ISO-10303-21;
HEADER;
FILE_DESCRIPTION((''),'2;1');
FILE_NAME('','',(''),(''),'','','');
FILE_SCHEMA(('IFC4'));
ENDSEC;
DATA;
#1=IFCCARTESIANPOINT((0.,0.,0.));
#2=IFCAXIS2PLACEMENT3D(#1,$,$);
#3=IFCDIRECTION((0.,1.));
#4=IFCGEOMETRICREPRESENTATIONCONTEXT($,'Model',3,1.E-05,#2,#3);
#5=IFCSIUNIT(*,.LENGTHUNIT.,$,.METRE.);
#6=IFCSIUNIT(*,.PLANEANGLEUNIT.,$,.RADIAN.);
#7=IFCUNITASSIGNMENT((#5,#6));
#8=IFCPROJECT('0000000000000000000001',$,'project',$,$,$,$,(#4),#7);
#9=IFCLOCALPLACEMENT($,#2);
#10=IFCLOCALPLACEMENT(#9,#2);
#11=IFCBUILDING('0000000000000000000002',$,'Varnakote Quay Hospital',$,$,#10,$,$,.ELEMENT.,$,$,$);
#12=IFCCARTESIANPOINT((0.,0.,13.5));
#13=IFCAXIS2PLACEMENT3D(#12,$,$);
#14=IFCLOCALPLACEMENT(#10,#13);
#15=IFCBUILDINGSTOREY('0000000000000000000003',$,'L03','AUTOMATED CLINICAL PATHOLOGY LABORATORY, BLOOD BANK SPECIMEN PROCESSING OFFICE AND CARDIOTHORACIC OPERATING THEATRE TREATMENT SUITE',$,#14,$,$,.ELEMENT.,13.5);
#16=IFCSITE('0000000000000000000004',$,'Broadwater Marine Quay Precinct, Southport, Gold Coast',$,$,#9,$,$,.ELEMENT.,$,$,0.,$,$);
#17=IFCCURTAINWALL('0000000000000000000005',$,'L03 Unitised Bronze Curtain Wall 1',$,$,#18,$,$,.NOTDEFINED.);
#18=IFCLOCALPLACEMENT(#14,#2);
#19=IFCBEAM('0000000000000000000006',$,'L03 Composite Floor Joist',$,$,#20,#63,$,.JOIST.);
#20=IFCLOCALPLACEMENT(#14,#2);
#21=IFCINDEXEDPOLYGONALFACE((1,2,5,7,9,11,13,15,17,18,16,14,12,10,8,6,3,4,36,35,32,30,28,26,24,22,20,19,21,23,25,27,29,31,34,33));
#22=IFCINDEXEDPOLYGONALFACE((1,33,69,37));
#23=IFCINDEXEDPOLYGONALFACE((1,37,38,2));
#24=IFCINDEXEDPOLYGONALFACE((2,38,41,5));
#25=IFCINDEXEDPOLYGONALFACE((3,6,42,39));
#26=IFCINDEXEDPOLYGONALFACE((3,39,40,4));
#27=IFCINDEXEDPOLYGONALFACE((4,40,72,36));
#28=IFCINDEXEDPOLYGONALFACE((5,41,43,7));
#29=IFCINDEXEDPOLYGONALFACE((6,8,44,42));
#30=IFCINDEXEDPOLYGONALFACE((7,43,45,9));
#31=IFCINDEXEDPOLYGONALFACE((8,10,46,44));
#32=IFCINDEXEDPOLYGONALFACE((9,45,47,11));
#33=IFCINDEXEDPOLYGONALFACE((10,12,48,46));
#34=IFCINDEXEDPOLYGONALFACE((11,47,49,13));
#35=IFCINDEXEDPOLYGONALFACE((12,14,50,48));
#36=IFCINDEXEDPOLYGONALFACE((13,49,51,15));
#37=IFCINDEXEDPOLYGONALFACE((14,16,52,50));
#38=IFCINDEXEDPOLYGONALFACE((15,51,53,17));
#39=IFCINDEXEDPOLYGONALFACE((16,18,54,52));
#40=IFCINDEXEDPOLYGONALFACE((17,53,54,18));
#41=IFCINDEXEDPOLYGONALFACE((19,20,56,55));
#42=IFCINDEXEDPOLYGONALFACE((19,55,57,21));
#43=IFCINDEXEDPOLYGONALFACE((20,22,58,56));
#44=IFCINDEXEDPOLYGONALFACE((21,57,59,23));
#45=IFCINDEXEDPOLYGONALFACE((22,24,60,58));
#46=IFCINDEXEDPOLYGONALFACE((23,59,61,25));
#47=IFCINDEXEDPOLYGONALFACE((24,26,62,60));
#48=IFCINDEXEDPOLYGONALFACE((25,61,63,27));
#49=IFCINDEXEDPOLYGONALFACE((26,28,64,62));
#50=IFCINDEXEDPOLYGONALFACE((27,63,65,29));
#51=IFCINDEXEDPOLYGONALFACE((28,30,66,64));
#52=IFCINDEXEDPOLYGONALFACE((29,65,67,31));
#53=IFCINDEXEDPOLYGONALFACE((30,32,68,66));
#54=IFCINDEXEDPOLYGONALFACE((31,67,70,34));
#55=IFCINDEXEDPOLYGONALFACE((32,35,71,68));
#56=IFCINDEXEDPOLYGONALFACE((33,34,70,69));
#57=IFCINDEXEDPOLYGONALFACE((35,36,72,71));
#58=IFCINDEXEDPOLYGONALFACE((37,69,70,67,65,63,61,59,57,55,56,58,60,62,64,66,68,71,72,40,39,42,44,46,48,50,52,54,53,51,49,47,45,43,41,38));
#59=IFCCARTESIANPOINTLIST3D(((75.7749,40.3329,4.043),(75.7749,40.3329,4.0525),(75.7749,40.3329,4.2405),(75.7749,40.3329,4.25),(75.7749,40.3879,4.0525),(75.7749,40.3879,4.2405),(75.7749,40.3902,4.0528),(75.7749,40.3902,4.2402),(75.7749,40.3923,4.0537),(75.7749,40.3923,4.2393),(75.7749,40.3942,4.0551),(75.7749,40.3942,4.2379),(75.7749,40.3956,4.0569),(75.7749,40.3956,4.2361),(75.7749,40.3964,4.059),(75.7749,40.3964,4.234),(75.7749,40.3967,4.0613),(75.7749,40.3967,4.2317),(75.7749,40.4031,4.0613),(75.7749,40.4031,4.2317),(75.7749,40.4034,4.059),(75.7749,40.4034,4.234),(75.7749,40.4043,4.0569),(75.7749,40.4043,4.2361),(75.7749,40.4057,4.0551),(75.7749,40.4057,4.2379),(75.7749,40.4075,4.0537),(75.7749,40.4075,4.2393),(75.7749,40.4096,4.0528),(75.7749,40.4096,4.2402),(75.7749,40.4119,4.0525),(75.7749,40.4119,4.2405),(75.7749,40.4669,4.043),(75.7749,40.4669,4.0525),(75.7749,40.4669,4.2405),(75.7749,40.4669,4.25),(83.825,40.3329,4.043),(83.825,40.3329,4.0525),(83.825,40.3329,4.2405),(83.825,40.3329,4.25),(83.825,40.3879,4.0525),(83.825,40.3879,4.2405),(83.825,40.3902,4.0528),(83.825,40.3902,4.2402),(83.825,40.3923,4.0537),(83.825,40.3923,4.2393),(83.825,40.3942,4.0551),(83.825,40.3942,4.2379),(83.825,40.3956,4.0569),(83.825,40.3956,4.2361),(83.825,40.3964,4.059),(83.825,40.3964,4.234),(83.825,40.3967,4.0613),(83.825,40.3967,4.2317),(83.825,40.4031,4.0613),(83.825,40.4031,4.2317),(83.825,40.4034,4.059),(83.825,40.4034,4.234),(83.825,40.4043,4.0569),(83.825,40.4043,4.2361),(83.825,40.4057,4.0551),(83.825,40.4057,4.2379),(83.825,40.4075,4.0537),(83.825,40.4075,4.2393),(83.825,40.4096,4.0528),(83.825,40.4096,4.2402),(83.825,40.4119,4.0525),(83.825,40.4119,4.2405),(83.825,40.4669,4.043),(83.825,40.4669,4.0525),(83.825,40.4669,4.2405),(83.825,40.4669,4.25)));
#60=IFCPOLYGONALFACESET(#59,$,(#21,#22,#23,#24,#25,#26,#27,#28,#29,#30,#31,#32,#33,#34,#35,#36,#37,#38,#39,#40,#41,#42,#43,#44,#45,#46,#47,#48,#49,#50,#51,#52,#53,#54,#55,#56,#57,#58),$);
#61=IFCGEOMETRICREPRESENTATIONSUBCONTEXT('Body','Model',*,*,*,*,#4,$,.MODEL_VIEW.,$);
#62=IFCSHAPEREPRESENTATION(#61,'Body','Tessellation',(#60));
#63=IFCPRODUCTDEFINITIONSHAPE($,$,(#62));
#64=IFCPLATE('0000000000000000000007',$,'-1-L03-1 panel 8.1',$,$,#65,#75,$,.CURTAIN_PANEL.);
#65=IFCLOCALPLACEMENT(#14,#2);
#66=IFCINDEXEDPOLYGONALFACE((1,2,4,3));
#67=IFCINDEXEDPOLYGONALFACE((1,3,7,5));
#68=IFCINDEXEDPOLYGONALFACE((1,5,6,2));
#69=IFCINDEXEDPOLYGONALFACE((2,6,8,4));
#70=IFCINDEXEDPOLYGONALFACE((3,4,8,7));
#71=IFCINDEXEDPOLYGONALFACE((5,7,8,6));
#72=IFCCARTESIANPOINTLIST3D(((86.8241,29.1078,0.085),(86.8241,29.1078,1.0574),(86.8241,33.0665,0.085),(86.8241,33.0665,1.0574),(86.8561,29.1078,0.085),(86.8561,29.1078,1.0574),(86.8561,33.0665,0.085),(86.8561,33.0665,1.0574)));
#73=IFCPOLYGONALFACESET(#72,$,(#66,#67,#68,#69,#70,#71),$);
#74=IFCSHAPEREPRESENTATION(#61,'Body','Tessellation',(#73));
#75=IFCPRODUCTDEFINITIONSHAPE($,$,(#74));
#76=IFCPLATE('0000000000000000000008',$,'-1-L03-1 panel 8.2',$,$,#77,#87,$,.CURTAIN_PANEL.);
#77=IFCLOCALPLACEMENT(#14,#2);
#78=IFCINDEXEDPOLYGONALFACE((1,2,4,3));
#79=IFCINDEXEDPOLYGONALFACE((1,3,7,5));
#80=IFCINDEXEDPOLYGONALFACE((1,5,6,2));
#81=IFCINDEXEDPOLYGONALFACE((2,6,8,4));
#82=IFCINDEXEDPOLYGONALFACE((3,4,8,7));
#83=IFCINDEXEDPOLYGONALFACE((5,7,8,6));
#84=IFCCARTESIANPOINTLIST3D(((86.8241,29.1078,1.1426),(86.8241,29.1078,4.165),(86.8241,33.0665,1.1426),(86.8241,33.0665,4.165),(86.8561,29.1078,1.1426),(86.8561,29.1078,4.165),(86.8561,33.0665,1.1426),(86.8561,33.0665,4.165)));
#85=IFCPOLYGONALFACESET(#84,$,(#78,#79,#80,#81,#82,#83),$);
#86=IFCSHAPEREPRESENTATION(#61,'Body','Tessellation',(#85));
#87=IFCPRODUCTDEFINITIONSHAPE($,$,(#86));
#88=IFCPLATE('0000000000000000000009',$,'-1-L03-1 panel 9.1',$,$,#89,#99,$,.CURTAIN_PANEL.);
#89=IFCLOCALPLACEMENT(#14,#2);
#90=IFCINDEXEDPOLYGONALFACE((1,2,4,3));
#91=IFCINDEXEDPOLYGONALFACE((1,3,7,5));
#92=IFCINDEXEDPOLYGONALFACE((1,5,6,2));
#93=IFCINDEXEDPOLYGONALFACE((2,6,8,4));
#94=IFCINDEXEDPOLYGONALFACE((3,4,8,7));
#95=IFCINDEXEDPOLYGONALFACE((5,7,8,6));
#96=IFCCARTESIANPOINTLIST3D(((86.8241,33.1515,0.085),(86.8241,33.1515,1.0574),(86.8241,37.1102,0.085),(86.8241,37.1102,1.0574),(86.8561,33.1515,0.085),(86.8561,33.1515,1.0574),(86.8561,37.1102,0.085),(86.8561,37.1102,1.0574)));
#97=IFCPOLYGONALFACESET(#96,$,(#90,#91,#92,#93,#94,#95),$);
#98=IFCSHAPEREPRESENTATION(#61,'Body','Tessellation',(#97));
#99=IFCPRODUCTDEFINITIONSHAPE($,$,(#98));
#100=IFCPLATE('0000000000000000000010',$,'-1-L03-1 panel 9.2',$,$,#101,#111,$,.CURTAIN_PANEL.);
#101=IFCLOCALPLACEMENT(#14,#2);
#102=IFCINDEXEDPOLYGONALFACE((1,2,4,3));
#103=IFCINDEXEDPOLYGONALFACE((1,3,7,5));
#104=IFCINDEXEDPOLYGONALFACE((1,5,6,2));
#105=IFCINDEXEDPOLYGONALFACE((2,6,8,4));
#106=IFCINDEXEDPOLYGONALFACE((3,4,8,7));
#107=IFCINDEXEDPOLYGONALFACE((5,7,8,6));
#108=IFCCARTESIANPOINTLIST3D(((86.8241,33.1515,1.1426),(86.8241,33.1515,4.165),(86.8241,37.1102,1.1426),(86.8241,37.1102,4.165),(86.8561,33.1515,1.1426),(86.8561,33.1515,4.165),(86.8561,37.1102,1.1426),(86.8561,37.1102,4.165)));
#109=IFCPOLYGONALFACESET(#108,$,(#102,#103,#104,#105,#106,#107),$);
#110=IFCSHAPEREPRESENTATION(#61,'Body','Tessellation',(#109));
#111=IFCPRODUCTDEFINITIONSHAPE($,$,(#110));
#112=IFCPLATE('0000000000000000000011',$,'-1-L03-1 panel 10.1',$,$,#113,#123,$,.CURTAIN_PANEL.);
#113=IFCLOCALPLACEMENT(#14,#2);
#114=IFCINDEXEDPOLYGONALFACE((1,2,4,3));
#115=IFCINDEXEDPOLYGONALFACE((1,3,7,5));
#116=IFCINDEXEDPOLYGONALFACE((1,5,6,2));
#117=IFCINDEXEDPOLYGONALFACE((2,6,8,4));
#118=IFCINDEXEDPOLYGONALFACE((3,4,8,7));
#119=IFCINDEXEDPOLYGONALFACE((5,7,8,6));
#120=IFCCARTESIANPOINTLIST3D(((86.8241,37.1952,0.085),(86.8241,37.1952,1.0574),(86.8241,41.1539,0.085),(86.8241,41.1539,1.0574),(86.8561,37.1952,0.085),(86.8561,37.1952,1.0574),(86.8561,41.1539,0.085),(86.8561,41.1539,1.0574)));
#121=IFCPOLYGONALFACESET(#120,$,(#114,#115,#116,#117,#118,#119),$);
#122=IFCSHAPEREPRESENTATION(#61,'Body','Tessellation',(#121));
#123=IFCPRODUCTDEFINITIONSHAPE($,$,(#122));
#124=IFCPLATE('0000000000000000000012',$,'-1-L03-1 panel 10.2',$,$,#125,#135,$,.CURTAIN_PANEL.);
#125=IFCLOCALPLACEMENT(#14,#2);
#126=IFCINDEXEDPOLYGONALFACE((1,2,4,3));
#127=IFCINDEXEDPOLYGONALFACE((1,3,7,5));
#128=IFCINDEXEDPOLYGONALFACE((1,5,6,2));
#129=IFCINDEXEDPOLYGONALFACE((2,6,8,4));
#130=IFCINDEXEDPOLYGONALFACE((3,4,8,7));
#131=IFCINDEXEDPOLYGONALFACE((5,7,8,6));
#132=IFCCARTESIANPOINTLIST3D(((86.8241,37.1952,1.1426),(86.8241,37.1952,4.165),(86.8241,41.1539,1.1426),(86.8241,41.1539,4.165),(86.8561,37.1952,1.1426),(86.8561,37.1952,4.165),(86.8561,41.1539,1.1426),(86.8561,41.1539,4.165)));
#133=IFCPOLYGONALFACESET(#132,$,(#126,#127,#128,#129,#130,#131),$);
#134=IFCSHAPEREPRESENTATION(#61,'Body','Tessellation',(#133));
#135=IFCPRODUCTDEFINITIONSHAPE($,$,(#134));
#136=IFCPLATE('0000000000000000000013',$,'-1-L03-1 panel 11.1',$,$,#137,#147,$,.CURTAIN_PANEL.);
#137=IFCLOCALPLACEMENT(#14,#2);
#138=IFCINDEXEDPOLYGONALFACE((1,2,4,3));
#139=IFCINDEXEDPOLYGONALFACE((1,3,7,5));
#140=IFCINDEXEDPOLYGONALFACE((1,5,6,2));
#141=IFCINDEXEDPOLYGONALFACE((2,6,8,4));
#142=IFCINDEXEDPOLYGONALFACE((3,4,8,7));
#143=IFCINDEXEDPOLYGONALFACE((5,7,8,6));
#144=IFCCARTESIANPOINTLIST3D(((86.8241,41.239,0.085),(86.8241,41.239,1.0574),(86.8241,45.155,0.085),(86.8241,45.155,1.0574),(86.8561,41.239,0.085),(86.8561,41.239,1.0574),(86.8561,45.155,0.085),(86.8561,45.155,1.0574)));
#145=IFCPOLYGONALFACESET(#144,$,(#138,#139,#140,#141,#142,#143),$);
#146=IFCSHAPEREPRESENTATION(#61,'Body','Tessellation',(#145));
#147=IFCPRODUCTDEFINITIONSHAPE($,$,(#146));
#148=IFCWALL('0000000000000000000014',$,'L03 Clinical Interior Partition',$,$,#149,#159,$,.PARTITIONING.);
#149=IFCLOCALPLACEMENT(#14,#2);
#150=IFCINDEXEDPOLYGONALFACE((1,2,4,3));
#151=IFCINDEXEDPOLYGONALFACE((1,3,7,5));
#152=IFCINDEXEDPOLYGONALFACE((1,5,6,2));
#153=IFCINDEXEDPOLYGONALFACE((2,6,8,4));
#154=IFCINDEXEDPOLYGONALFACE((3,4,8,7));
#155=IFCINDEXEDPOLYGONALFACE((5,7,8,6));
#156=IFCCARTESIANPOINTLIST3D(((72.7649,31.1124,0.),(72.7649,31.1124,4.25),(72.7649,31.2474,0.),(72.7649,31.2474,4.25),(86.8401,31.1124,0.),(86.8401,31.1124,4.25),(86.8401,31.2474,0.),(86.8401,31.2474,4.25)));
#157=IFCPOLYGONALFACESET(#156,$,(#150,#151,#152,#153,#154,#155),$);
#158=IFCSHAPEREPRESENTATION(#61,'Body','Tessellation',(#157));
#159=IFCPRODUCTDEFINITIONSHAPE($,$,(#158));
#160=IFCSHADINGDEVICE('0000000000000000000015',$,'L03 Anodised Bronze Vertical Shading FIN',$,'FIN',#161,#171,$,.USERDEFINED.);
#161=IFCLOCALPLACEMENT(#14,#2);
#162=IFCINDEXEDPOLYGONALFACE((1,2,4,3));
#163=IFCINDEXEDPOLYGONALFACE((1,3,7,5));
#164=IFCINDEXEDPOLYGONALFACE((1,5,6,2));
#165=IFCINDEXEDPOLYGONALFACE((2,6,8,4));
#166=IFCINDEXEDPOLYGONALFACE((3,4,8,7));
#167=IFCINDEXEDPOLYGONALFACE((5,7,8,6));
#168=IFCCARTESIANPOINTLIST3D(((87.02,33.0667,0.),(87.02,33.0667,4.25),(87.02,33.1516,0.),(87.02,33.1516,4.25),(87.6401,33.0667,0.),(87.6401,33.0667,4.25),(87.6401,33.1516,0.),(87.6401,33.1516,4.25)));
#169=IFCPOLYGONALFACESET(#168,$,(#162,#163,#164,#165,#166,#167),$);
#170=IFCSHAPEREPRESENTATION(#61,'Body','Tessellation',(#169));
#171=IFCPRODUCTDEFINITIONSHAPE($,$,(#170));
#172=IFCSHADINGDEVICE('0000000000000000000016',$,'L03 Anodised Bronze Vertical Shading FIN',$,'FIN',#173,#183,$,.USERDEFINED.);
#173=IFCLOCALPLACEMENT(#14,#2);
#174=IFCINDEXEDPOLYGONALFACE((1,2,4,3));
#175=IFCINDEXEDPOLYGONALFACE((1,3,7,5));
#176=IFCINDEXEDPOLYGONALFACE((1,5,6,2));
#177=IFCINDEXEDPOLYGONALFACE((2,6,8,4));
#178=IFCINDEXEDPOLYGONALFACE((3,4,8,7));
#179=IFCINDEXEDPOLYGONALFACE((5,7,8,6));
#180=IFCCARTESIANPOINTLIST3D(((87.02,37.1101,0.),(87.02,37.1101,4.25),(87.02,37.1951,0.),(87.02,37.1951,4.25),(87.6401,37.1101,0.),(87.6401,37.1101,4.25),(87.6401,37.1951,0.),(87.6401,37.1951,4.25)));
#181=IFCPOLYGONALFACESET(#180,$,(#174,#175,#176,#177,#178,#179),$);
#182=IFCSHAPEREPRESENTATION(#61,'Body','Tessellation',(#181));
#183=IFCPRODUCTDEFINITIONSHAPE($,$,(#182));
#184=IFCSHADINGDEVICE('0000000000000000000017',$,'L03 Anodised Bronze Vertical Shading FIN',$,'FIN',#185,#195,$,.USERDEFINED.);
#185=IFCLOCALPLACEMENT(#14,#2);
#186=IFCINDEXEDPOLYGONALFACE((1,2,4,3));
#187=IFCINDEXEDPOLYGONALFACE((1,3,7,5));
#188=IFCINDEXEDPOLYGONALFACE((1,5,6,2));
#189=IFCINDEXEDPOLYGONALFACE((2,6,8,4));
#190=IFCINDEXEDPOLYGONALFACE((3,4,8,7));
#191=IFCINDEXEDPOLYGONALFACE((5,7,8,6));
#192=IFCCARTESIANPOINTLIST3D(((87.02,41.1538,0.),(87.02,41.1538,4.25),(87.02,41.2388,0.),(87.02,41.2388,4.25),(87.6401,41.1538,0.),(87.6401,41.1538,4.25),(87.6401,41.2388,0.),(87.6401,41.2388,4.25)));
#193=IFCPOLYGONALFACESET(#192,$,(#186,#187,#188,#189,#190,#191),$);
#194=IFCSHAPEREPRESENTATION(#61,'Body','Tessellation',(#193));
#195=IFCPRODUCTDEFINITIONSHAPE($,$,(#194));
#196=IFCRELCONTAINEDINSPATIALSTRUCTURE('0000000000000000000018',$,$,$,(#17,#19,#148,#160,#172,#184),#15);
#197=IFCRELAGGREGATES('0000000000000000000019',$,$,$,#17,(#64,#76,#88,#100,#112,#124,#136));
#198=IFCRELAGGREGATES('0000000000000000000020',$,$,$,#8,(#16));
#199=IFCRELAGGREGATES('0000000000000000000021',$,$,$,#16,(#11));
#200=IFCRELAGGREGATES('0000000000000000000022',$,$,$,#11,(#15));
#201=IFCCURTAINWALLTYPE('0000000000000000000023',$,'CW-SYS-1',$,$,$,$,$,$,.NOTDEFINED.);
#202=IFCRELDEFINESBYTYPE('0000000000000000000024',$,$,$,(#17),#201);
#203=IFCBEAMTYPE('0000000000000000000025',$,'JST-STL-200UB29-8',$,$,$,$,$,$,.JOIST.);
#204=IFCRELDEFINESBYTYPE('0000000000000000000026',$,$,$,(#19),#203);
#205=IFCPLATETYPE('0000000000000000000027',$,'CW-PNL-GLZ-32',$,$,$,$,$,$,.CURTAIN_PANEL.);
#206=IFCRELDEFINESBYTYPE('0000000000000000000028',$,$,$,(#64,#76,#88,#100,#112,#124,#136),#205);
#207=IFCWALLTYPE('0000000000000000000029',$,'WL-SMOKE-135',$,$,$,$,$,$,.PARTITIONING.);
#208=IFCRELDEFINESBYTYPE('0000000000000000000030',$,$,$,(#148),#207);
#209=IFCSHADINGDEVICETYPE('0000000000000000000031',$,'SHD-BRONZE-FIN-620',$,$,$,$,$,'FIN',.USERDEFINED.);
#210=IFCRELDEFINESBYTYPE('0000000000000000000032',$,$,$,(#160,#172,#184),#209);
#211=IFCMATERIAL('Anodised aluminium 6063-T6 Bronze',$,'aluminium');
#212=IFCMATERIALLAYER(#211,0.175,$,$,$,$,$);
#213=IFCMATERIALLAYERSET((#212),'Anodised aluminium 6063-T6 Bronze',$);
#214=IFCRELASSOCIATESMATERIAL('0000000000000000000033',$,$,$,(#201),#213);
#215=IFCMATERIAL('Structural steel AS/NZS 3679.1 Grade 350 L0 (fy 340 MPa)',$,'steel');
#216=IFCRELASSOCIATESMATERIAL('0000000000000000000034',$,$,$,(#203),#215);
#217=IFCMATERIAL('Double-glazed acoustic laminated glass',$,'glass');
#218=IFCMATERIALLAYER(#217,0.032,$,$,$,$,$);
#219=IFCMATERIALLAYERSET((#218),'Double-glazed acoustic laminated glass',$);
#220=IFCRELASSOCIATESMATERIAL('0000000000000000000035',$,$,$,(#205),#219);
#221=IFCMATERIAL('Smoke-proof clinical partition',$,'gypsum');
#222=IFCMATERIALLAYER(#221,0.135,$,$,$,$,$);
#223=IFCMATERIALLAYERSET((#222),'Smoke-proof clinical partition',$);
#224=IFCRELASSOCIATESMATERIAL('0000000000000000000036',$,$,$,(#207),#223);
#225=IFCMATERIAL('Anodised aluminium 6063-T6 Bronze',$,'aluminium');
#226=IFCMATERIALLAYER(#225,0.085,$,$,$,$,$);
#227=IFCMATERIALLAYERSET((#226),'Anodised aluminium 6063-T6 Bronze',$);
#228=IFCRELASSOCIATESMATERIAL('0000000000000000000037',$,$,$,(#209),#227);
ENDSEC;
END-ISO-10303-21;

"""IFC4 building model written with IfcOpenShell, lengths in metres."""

from ifc_helpers import new_model, si_unit, direction, frame, frame_2d, origin, origin_2d, place, context, subcontext, project, spatial, rectangle, i_section, extrude, material, layer, layer_set, material_profile, profile_set, type_object, element, aggregate, save


model = new_model("IFC4")

# Units and contexts
model_context = context("Model", 3, precision=1e-05, world=origin(), true_north=direction((0.0, 1.0)))
body_context = subcontext(model_context, "Body", "Model", "MODEL_VIEW")
ifc_project = project(units=[si_unit("LENGTHUNIT", "METRE"), si_unit("PLANEANGLEUNIT", "RADIAN")], contexts=[model_context])

# Site, building, storey
site_placement = place(None, origin())
site = spatial("IfcSite", under=ifc_project, at=site_placement, Name="Broadwater Marine Quay Precinct, Southport, Gold Coast", CompositionType="ELEMENT", RefElevation=0.0)
building_placement = place(site_placement, origin())
building = spatial("IfcBuilding", under=site, at=building_placement, Name="Varnakote Quay Hospital", CompositionType="ELEMENT")
storey_placement = place(building_placement, frame((0.0, 0.0, 13.5)))
storey = spatial("IfcBuildingStorey", under=building, at=storey_placement, Name="L03", Description="AUTOMATED CLINICAL PATHOLOGY LABORATORY, BLOOD BANK SPECIMEN PROCESSING OFFICE AND CARDIOTHORACIC OPERATING THEATRE TREATMENT SUITE", CompositionType="ELEMENT", Elevation=13.5)

# Curtain wall
ifc_material_1 = material(Name="Anodised aluminium 6063-T6 Bronze", Category="aluminium")
ifc_layer_1 = layer(ifc_material_1, 0.175)
ifc_layer_set_1 = layer_set([ifc_layer_1], Name="Anodised aluminium 6063-T6 Bronze")
curtain_wall_type = type_object("IfcCurtainWallType", Name="CW-SYS-1", PredefinedType="NOTDEFINED", material=ifc_layer_set_1)
curtain_wall_placement = place(storey_placement, origin())
curtain_wall = element("IfcCurtainWall", 1, at=curtain_wall_placement, inside=storey, type_object=curtain_wall_type, Name="L03 Unitised Bronze Curtain Wall 1", PredefinedType="NOTDEFINED")

# Beam
ifc_material_2 = material(Name="Structural steel AS/NZS 3679.1 Grade 350 L0 (fy 340 MPa)", Category="steel")
ifc_material_profile_1 = material_profile(ifc_material_2, i_section(OverallWidth=0.134, OverallDepth=0.207, WebThickness=0.0063, FlangeThickness=0.0095, FilletRadius=0.0088, at=origin_2d()), Name="200UB29.8")
ifc_profile_set_1 = profile_set([ifc_material_profile_1], Name="Structural steel AS/NZS 3679.1 Grade 350 L0 (fy 340 MPa)")
beam_type_1 = type_object("IfcBeamType", Name="JST-STL-200UB29-8", PredefinedType="JOIST", material=ifc_profile_set_1)
for number, where, z_axis, x_axis, name in (
    (2, (75.7749, 40.3999, 4.1465), (1.0, 0.0, 0.0), (0.0, 1.0, 0.0), "L03 Composite Floor Joist"),
):
    element("IfcBeam", number, at=place(storey_placement, frame(where, z_axis=z_axis, x_axis=x_axis)), inside=storey, type_object=beam_type_1, Name=name, PredefinedType="JOIST", context=body_context, shape_type="SweptSolid", body=[
        extrude(i_section(OverallWidth=0.134, OverallDepth=0.207, WebThickness=0.0063, FlangeThickness=0.0095, FilletRadius=0.0088, at=origin_2d()), origin(), (0.0, 0.0, 1.0), 8.05),
    ])

# Plates
ifc_material_3 = material(Name="Double-glazed acoustic laminated glass", Category="glass")
ifc_layer_2 = layer(ifc_material_3, 0.032)
ifc_layer_set_2 = layer_set([ifc_layer_2], Name="Double-glazed acoustic laminated glass")
plate_type = type_object("IfcPlateType", Name="CW-PNL-GLZ-32", PredefinedType="CURTAIN_PANEL", material=ifc_layer_set_2)
plate_1_placement = place(storey_placement, frame((86.8401, 31.0872, 0.085), z_axis=(0.0, 0.0, 1.0), x_axis=(0.0, 1.0, 0.0)))
plate_1 = element("IfcPlate", 3, at=plate_1_placement, type_object=plate_type, Name="-1-L03-1 panel 8.1", PredefinedType="CURTAIN_PANEL", context=body_context, shape_type="SweptSolid", body=[
    extrude(rectangle(XDim=3.9587, YDim=0.032, at=origin_2d()), origin(), (0.0, 0.0, 1.0), 0.9724),
])
plate_2_placement = place(storey_placement, frame((86.8401, 31.0872, 1.1426), z_axis=(0.0, 0.0, 1.0), x_axis=(0.0, 1.0, 0.0)))
plate_2 = element("IfcPlate", 4, at=plate_2_placement, type_object=plate_type, Name="-1-L03-1 panel 8.2", PredefinedType="CURTAIN_PANEL", context=body_context, shape_type="SweptSolid", body=[
    extrude(rectangle(XDim=3.9587, YDim=0.032, at=origin_2d()), origin(), (0.0, 0.0, 1.0), 3.0225),
])
plate_3_placement = place(storey_placement, frame((86.8401, 35.1309, 0.085), z_axis=(0.0, 0.0, 1.0), x_axis=(0.0, 1.0, 0.0)))
plate_3 = element("IfcPlate", 5, at=plate_3_placement, type_object=plate_type, Name="-1-L03-1 panel 9.1", PredefinedType="CURTAIN_PANEL", context=body_context, shape_type="SweptSolid", body=[
    extrude(rectangle(XDim=3.9587, YDim=0.032, at=origin_2d()), origin(), (0.0, 0.0, 1.0), 0.9724),
])
plate_4_placement = place(storey_placement, frame((86.8401, 35.1309, 1.1426), z_axis=(0.0, 0.0, 1.0), x_axis=(0.0, 1.0, 0.0)))
plate_4 = element("IfcPlate", 6, at=plate_4_placement, type_object=plate_type, Name="-1-L03-1 panel 9.2", PredefinedType="CURTAIN_PANEL", context=body_context, shape_type="SweptSolid", body=[
    extrude(rectangle(XDim=3.9587, YDim=0.032, at=origin_2d()), origin(), (0.0, 0.0, 1.0), 3.0225),
])
plate_5_placement = place(storey_placement, frame((86.8401, 39.1746, 0.085), z_axis=(0.0, 0.0, 1.0), x_axis=(0.0, 1.0, 0.0)))
plate_5 = element("IfcPlate", 7, at=plate_5_placement, type_object=plate_type, Name="-1-L03-1 panel 10.1", PredefinedType="CURTAIN_PANEL", context=body_context, shape_type="SweptSolid", body=[
    extrude(rectangle(XDim=3.9587, YDim=0.032, at=origin_2d()), origin(), (0.0, 0.0, 1.0), 0.9724),
])
plate_6_placement = place(storey_placement, frame((86.8401, 39.1746, 1.1426), z_axis=(0.0, 0.0, 1.0), x_axis=(0.0, 1.0, 0.0)))
plate_6 = element("IfcPlate", 8, at=plate_6_placement, type_object=plate_type, Name="-1-L03-1 panel 10.2", PredefinedType="CURTAIN_PANEL", context=body_context, shape_type="SweptSolid", body=[
    extrude(rectangle(XDim=3.9587, YDim=0.032, at=origin_2d()), origin(), (0.0, 0.0, 1.0), 3.0225),
])
plate_7_placement = place(storey_placement, frame((86.8401, 43.197, 0.085), z_axis=(0.0, 0.0, 1.0), x_axis=(0.0, 1.0, 0.0)))
plate_7 = element("IfcPlate", 9, at=plate_7_placement, type_object=plate_type, Name="-1-L03-1 panel 11.1", PredefinedType="CURTAIN_PANEL", context=body_context, shape_type="SweptSolid", body=[
    extrude(rectangle(XDim=3.916, YDim=0.032, at=origin_2d()), origin(), (0.0, 0.0, 1.0), 0.9724),
])
aggregate(curtain_wall, [plate_1, plate_2, plate_3, plate_4, plate_5, plate_6, plate_7])

# Wall
ifc_material_4 = material(Name="Smoke-proof clinical partition", Category="gypsum")
ifc_layer_3 = layer(ifc_material_4, 0.135)
ifc_layer_set_3 = layer_set([ifc_layer_3], Name="Smoke-proof clinical partition")
wall_type = type_object("IfcWallType", Name="WL-SMOKE-135", PredefinedType="PARTITIONING", material=ifc_layer_set_3)
wall_placement = place(storey_placement, frame((86.8401, 31.1799, 0.0), z_axis=(0.0, 0.0, 1.0), x_axis=(-1.0, 0.0, 0.0)))
element("IfcWall", 10, at=wall_placement, inside=storey, type_object=wall_type, Name="L03 Clinical Interior Partition", PredefinedType="PARTITIONING", context=body_context, shape_type="SweptSolid", body=[
    extrude(rectangle(XDim=14.0752, YDim=0.135, at=frame_2d((7.0376, 0.0))), origin(), (0.0, 0.0, 1.0), 4.25),
])

# Shading devices
ifc_material_5 = material(Name="Anodised aluminium 6063-T6 Bronze", Category="aluminium")
ifc_layer_4 = layer(ifc_material_5, 0.085)
ifc_layer_set_4 = layer_set([ifc_layer_4], Name="Anodised aluminium 6063-T6 Bronze")
shading_device_type = type_object("IfcShadingDeviceType", Name="SHD-BRONZE-FIN-620", ElementType="FIN", PredefinedType="USERDEFINED", material=ifc_layer_set_4)
for number, where, z_axis, x_axis, name in (
    (11, (87.3301, 33.1091, 0.0), (0.0, 0.0, 1.0), (-1.0, 0.0, 0.0), "L03 Anodised Bronze Vertical Shading FIN"),
    (12, (87.3301, 37.1526, 0.0), (0.0, 0.0, 1.0), (-1.0, 0.0, 0.0), "L03 Anodised Bronze Vertical Shading FIN"),
    (13, (87.3301, 41.1963, 0.0), (0.0, 0.0, 1.0), (-1.0, 0.0, 0.0), "L03 Anodised Bronze Vertical Shading FIN"),
):
    element("IfcShadingDevice", number, at=place(storey_placement, frame(where, z_axis=z_axis, x_axis=x_axis)), inside=storey, type_object=shading_device_type, Name=name, ObjectType="FIN", PredefinedType="USERDEFINED", context=body_context, shape_type="SweptSolid", body=[
        extrude(rectangle(XDim=0.6201, YDim=0.085, at=origin_2d()), origin(), (0.0, 0.0, 1.0), 4.25),
    ])

save(model, "model.ifc")
